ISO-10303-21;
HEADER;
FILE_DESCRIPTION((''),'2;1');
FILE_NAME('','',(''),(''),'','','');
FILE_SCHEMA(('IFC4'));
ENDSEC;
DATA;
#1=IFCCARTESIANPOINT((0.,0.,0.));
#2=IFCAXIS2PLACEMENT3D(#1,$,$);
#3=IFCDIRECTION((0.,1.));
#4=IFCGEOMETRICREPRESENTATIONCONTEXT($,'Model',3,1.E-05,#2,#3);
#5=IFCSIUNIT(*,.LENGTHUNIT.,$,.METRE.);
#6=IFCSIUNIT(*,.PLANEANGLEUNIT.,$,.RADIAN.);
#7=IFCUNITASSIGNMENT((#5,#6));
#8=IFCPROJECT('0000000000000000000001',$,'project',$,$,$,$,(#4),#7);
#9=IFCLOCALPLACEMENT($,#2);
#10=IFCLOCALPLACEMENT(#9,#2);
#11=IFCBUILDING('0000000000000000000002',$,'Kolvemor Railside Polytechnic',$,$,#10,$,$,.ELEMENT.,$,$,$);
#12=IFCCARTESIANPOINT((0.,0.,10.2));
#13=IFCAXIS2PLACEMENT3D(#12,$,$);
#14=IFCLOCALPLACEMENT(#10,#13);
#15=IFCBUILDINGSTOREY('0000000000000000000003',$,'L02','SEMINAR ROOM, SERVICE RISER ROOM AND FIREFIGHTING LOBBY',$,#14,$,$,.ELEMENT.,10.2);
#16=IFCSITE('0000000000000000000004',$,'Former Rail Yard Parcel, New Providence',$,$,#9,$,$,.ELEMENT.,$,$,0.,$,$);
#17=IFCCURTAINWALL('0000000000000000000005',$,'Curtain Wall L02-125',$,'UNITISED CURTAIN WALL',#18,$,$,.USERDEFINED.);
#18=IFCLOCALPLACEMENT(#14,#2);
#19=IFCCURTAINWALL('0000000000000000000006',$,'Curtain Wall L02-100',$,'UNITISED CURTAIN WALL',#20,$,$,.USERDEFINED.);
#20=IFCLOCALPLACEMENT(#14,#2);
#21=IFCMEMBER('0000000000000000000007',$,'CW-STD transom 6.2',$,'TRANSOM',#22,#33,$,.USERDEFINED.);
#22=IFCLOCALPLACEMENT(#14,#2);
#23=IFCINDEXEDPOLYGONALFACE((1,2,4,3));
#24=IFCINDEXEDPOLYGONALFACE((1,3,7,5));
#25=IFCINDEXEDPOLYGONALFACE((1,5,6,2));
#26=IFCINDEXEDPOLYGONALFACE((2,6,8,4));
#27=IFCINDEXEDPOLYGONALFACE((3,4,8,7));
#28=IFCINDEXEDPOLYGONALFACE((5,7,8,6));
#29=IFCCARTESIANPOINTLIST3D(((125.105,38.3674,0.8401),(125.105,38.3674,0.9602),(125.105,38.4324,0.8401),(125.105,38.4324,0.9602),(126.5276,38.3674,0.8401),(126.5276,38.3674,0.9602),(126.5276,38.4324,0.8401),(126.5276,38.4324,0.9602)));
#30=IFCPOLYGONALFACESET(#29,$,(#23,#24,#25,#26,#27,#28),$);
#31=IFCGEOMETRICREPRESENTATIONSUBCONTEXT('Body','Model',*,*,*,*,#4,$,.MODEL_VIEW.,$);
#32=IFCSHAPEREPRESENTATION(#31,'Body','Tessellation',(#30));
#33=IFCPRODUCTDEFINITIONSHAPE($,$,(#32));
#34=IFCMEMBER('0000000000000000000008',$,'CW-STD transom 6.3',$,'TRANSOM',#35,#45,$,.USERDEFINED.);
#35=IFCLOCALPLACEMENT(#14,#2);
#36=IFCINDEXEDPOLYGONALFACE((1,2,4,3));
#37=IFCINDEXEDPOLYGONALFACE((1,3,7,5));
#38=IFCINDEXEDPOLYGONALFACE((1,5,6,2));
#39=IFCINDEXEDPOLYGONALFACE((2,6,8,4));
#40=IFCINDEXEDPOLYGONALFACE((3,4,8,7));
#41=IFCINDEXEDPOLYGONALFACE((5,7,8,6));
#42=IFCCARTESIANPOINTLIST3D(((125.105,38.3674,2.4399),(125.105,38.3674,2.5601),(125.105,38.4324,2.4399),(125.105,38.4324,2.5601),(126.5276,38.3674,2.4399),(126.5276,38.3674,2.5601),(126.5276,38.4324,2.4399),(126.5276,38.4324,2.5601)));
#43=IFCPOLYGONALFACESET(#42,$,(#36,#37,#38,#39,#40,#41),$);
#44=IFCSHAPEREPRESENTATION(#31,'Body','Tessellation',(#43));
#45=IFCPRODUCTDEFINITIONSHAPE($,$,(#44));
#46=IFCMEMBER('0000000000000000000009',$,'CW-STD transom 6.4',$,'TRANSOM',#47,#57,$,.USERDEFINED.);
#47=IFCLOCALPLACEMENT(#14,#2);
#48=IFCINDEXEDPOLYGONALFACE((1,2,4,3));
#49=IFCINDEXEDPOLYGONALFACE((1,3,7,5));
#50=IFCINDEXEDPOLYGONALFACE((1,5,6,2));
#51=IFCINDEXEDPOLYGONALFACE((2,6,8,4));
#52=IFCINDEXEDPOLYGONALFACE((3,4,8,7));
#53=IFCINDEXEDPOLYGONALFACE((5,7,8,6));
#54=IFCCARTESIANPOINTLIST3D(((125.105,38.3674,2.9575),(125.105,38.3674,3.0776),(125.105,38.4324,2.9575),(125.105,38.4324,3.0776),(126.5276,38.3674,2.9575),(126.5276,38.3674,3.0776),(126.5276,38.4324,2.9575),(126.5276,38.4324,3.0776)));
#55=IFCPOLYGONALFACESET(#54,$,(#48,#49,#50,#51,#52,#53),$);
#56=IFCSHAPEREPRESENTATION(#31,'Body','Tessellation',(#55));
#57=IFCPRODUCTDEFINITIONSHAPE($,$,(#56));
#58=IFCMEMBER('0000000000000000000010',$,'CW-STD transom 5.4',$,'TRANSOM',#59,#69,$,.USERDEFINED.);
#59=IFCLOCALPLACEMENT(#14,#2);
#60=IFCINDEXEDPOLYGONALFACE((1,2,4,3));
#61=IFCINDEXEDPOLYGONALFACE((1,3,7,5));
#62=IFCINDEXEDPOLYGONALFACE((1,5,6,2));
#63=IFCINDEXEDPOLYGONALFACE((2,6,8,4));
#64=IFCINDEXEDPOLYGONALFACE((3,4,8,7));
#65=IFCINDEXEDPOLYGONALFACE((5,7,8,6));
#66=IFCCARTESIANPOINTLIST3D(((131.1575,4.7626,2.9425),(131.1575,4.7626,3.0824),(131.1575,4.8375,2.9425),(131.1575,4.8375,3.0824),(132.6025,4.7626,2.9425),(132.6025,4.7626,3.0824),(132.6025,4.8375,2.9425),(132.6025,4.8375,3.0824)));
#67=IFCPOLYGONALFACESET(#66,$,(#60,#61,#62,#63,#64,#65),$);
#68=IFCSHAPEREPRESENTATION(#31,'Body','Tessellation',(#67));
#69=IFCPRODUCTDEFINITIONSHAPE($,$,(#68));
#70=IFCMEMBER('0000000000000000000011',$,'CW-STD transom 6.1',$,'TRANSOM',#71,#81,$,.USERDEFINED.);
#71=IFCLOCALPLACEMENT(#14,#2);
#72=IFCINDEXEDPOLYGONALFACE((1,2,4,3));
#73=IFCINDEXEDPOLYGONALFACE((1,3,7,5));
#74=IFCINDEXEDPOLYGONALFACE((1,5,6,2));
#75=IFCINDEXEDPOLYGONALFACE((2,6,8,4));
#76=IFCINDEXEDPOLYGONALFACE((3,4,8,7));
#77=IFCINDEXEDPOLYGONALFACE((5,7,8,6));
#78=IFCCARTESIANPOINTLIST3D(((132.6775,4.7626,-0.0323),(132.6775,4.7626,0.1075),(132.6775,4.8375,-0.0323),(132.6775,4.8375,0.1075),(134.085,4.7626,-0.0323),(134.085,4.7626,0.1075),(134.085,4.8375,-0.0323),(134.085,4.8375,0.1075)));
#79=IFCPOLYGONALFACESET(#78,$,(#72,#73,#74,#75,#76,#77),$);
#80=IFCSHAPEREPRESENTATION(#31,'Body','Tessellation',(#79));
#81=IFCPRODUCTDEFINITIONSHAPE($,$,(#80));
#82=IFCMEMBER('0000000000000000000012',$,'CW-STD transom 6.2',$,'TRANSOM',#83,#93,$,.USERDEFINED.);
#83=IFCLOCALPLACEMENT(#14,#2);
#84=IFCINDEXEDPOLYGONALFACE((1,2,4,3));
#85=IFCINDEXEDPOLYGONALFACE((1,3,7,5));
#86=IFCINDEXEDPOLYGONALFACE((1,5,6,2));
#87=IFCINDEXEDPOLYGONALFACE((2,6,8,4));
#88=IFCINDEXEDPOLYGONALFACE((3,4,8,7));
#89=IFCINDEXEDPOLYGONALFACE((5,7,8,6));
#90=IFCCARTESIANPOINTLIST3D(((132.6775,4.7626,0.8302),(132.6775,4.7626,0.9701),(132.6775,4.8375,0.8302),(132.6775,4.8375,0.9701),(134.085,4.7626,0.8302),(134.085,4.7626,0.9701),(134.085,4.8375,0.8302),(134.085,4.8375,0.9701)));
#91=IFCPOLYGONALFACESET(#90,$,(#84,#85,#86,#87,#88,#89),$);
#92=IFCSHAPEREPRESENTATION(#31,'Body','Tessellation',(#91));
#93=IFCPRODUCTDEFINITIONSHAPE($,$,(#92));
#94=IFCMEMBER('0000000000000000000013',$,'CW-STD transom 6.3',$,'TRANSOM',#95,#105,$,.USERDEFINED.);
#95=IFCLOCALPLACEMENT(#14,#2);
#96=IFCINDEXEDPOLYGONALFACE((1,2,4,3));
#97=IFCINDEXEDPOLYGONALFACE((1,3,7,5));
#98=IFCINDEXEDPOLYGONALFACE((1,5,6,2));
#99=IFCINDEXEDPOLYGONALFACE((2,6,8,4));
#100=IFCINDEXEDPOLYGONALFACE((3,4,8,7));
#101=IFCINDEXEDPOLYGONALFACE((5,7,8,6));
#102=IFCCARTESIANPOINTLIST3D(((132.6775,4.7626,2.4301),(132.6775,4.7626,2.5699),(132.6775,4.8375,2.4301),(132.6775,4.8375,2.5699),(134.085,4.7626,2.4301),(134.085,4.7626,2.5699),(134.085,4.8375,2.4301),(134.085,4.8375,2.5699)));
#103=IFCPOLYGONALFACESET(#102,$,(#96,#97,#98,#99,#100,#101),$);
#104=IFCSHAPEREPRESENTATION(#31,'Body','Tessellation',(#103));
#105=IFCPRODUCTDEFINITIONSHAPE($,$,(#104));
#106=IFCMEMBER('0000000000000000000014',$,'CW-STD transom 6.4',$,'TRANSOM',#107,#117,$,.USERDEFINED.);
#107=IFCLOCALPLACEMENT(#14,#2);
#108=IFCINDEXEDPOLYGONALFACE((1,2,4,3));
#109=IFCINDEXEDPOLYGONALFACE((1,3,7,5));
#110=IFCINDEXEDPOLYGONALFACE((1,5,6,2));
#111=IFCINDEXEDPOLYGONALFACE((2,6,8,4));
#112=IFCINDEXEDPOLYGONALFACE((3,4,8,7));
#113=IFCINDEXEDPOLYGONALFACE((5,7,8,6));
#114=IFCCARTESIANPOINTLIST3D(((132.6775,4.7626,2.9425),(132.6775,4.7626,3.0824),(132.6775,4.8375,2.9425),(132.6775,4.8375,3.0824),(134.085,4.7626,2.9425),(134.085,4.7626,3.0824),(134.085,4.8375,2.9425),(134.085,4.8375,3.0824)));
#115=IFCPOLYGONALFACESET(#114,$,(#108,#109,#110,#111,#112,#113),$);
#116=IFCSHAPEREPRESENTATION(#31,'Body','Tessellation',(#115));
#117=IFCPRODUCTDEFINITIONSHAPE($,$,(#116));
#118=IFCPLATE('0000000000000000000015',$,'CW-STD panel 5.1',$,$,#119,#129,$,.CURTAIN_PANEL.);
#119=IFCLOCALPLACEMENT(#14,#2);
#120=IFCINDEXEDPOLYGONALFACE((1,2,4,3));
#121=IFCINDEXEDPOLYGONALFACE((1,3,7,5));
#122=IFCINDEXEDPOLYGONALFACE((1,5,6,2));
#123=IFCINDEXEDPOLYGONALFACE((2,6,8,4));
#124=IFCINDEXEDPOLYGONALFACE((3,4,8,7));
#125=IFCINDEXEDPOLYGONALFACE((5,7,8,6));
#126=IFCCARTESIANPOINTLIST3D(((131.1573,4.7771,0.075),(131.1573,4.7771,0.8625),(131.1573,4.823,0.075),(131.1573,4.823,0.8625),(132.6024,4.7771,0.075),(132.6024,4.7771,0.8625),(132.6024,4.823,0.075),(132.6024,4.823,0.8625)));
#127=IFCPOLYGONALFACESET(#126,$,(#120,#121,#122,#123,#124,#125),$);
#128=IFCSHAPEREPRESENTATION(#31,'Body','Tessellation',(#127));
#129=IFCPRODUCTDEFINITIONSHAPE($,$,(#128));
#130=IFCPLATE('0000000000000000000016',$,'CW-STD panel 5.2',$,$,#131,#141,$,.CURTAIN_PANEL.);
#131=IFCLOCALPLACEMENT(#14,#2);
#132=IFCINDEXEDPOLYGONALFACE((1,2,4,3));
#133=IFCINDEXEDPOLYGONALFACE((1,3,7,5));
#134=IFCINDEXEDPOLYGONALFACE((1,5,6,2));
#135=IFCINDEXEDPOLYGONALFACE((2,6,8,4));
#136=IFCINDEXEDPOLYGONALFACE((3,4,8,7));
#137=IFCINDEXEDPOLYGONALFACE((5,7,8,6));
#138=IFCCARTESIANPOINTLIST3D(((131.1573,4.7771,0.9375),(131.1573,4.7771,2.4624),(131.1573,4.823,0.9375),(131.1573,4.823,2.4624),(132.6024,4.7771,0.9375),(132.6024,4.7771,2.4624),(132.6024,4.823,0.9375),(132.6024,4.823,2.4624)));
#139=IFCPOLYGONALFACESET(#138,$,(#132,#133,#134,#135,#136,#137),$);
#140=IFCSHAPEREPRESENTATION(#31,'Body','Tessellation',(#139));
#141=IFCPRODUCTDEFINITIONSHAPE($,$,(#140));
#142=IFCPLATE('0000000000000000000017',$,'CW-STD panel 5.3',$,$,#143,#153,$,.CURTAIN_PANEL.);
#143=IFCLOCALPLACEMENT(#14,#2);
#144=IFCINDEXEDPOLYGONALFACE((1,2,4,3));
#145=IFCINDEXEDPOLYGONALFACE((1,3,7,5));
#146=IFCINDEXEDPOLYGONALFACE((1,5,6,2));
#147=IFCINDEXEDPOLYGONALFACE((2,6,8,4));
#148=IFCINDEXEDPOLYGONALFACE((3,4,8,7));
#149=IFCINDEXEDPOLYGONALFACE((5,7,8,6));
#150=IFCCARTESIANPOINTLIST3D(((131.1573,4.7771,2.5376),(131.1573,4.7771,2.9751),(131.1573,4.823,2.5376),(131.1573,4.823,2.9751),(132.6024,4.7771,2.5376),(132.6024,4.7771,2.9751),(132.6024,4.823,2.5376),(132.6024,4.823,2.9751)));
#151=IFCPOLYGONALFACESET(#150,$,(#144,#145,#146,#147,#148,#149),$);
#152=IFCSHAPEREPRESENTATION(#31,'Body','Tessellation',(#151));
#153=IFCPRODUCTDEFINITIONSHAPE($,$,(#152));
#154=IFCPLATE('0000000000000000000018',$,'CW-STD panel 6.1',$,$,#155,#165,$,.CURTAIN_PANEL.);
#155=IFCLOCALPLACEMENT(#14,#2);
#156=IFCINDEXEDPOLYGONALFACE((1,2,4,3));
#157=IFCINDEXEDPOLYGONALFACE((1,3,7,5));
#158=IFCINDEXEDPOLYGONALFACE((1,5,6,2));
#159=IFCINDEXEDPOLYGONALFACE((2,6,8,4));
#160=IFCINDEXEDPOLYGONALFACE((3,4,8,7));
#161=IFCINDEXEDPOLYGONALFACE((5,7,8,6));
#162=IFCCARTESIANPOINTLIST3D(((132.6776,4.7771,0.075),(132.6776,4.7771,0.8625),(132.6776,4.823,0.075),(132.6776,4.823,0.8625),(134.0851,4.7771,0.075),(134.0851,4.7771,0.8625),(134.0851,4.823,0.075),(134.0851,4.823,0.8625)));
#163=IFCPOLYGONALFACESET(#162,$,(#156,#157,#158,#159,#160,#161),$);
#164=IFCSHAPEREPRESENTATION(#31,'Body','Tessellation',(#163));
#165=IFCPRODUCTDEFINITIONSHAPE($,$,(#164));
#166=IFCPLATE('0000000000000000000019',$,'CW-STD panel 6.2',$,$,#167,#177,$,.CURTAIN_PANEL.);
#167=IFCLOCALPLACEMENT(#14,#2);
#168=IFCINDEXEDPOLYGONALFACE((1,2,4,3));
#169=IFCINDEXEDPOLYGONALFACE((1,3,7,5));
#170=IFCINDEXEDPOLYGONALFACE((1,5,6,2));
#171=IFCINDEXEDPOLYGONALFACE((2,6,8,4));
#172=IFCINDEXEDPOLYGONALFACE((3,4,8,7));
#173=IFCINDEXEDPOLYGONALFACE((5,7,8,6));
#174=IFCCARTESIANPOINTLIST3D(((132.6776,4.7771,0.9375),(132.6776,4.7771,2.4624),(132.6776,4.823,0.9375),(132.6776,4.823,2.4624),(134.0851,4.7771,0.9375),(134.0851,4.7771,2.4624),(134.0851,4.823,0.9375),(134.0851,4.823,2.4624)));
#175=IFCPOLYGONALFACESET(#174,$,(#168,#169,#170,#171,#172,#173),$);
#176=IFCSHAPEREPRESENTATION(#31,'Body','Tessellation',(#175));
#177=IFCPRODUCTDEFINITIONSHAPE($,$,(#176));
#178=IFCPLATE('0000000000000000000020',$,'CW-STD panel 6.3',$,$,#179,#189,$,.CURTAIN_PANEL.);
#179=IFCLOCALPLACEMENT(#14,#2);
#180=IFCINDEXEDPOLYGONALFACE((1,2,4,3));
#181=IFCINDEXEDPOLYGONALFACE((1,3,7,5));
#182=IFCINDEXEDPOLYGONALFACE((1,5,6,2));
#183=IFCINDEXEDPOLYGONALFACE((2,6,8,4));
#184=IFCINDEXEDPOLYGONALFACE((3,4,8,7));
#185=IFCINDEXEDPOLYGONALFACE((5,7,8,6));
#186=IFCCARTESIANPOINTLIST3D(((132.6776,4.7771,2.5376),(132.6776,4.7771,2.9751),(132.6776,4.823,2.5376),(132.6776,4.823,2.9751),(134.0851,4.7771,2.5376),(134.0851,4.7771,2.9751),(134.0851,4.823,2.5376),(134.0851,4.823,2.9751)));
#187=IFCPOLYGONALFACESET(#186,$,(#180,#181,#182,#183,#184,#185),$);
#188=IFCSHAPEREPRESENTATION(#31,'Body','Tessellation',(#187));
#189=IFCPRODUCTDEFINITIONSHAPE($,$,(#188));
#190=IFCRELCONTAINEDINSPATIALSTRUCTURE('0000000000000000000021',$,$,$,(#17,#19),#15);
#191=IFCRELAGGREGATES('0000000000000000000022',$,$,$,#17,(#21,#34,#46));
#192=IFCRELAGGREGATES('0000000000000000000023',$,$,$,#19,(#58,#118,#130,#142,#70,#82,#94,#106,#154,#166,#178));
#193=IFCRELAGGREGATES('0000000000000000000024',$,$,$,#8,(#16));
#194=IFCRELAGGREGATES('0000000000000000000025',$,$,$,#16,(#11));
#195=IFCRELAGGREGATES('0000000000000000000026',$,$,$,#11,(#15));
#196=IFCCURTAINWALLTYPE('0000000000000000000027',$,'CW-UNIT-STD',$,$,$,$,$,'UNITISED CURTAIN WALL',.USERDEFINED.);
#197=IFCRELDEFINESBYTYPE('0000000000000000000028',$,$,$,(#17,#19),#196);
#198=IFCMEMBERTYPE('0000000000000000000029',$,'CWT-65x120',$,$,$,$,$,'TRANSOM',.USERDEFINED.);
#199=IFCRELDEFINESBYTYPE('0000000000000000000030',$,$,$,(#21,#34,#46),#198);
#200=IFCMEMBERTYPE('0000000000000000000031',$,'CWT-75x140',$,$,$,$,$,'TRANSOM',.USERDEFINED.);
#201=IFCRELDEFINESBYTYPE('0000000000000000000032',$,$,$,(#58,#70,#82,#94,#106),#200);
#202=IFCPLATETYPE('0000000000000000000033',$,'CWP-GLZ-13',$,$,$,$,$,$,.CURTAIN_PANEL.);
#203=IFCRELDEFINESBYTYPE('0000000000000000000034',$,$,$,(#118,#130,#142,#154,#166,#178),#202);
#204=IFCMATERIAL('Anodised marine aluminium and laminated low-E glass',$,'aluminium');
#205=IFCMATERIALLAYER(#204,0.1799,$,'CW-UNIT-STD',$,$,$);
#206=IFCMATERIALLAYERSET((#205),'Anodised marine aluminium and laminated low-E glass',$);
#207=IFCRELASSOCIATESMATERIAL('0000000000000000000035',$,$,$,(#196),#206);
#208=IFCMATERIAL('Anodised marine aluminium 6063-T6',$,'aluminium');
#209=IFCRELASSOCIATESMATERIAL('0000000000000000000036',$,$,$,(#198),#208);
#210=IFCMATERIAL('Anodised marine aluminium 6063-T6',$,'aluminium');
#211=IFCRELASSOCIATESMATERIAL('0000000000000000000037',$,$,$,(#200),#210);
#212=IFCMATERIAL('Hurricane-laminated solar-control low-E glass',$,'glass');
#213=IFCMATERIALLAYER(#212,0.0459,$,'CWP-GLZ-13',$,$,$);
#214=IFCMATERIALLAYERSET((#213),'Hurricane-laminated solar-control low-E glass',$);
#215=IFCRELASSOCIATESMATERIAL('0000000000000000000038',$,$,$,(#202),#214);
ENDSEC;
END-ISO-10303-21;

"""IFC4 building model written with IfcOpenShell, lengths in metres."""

from ifc_helpers import new_model, si_unit, direction, frame, origin, origin_2d, place, context, subcontext, project, spatial, rectangle, extrude, material, layer, layer_set, material_profile, profile_set, type_object, element, aggregate, save


model = new_model("IFC4")

# Units and contexts
model_context = context("Model", 3, precision=1e-05, world=origin(), true_north=direction((0.0, 1.0)))
body_context = subcontext(model_context, "Body", "Model", "MODEL_VIEW")
ifc_project = project(units=[si_unit("LENGTHUNIT", "METRE"), si_unit("PLANEANGLEUNIT", "RADIAN")], contexts=[model_context])

# Site, building, storey
site_placement = place(None, origin())
site = spatial("IfcSite", under=ifc_project, at=site_placement, Name="Former Rail Yard Parcel, New Providence", CompositionType="ELEMENT", RefElevation=0.0)
building_placement = place(site_placement, origin())
building = spatial("IfcBuilding", under=site, at=building_placement, Name="Kolvemor Railside Polytechnic", CompositionType="ELEMENT")
storey_placement = place(building_placement, frame((0.0, 0.0, 10.2)))
storey = spatial("IfcBuildingStorey", under=building, at=storey_placement, Name="L02", Description="SEMINAR ROOM, SERVICE RISER ROOM AND FIREFIGHTING LOBBY", CompositionType="ELEMENT", Elevation=10.2)

# Curtain wall
ifc_material_1 = material(Name="Anodised marine aluminium and laminated low-E glass", Category="aluminium")
ifc_layer_1 = layer(ifc_material_1, 0.1799, Name="CW-UNIT-STD")
ifc_layer_set_1 = layer_set([ifc_layer_1], Name="Anodised marine aluminium and laminated low-E glass")
curtain_wall_type = type_object("IfcCurtainWallType", Name="CW-UNIT-STD", ElementType="UNITISED CURTAIN WALL", PredefinedType="USERDEFINED", material=ifc_layer_set_1)
curtain_wall_1_placement = place(storey_placement, origin())
curtain_wall_1 = element("IfcCurtainWall", 1, at=curtain_wall_1_placement, inside=storey, type_object=curtain_wall_type, Name="Curtain Wall L02-125", ObjectType="UNITISED CURTAIN WALL", PredefinedType="USERDEFINED")

# Curtain wall
curtain_wall_2_placement = place(storey_placement, origin())
curtain_wall_2 = element("IfcCurtainWall", 2, at=curtain_wall_2_placement, inside=storey, type_object=curtain_wall_type, Name="Curtain Wall L02-100", ObjectType="UNITISED CURTAIN WALL", PredefinedType="USERDEFINED")

# Members
ifc_material_2 = material(Name="Anodised marine aluminium 6063-T6", Category="aluminium")
ifc_material_profile_1 = material_profile(ifc_material_2, rectangle(XDim=0.0649, YDim=0.1201, at=origin_2d()), Name="CW-TRN-65x120")
ifc_profile_set_1 = profile_set([ifc_material_profile_1], Name="Anodised marine aluminium 6063-T6")
member_type_1 = type_object("IfcMemberType", Name="CWT-65x120", ElementType="TRANSOM", PredefinedType="USERDEFINED", material=ifc_profile_set_1)
member_1_placement = place(storey_placement, frame((126.5276, 38.3999, 0.9001), z_axis=(-1.0, 0.0, 0.0), x_axis=(0.0, -1.0, 0.0)))
member_1 = element("IfcMember", 3, at=member_1_placement, type_object=member_type_1, Name="CW-STD transom 6.2", ObjectType="TRANSOM", PredefinedType="USERDEFINED", context=body_context, shape_type="SweptSolid", body=[
    extrude(rectangle(XDim=0.0649, YDim=0.1201, at=origin_2d()), origin(), (0.0, 0.0, 1.0), 1.4226),
])
member_2_placement = place(storey_placement, frame((126.5276, 38.3999, 2.5), z_axis=(-1.0, 0.0, 0.0), x_axis=(0.0, -1.0, 0.0)))
member_2 = element("IfcMember", 4, at=member_2_placement, type_object=member_type_1, Name="CW-STD transom 6.3", ObjectType="TRANSOM", PredefinedType="USERDEFINED", context=body_context, shape_type="SweptSolid", body=[
    extrude(rectangle(XDim=0.0649, YDim=0.1201, at=origin_2d()), origin(), (0.0, 0.0, 1.0), 1.4226),
])
member_3_placement = place(storey_placement, frame((126.5276, 38.3999, 3.0176), z_axis=(-1.0, 0.0, 0.0), x_axis=(0.0, -1.0, 0.0)))
member_3 = element("IfcMember", 5, at=member_3_placement, type_object=member_type_1, Name="CW-STD transom 6.4", ObjectType="TRANSOM", PredefinedType="USERDEFINED", context=body_context, shape_type="SweptSolid", body=[
    extrude(rectangle(XDim=0.0649, YDim=0.1201, at=origin_2d()), origin(), (0.0, 0.0, 1.0), 1.4226),
])
aggregate(curtain_wall_1, [member_1, member_2, member_3])
ifc_material_3 = material(Name="Anodised marine aluminium 6063-T6", Category="aluminium")
ifc_material_profile_2 = material_profile(ifc_material_3, rectangle(XDim=0.075, YDim=0.1399, at=origin_2d()), Name="CW-TRN-75x140")
ifc_profile_set_2 = profile_set([ifc_material_profile_2], Name="Anodised marine aluminium 6063-T6")
member_type_2 = type_object("IfcMemberType", Name="CWT-75x140", ElementType="TRANSOM", PredefinedType="USERDEFINED", material=ifc_profile_set_2)
member_4_placement = place(storey_placement, frame((131.1575, 4.8, 3.0125), z_axis=(1.0, 0.0, 0.0), x_axis=(0.0, 1.0, 0.0)))
member_4 = element("IfcMember", 6, at=member_4_placement, type_object=member_type_2, Name="CW-STD transom 5.4", ObjectType="TRANSOM", PredefinedType="USERDEFINED", context=body_context, shape_type="SweptSolid", body=[
    extrude(rectangle(XDim=0.075, YDim=0.1399, at=origin_2d()), origin(), (0.0, 0.0, 1.0), 1.4451),
])
member_5_placement = place(storey_placement, frame((132.6775, 4.8, 0.0376), z_axis=(1.0, 0.0, 0.0), x_axis=(0.0, 1.0, 0.0)))
member_5 = element("IfcMember", 7, at=member_5_placement, type_object=member_type_2, Name="CW-STD transom 6.1", ObjectType="TRANSOM", PredefinedType="USERDEFINED", context=body_context, shape_type="SweptSolid", body=[
    extrude(rectangle(XDim=0.075, YDim=0.1399, at=origin_2d()), origin(), (0.0, 0.0, 1.0), 1.4075),
])
member_6_placement = place(storey_placement, frame((132.6775, 4.8, 0.9001), z_axis=(1.0, 0.0, 0.0), x_axis=(0.0, 1.0, 0.0)))
member_6 = element("IfcMember", 8, at=member_6_placement, type_object=member_type_2, Name="CW-STD transom 6.2", ObjectType="TRANSOM", PredefinedType="USERDEFINED", context=body_context, shape_type="SweptSolid", body=[
    extrude(rectangle(XDim=0.075, YDim=0.1399, at=origin_2d()), origin(), (0.0, 0.0, 1.0), 1.4075),
])
member_7_placement = place(storey_placement, frame((132.6775, 4.8, 2.5), z_axis=(1.0, 0.0, 0.0), x_axis=(0.0, 1.0, 0.0)))
member_7 = element("IfcMember", 9, at=member_7_placement, type_object=member_type_2, Name="CW-STD transom 6.3", ObjectType="TRANSOM", PredefinedType="USERDEFINED", context=body_context, shape_type="SweptSolid", body=[
    extrude(rectangle(XDim=0.075, YDim=0.1399, at=origin_2d()), origin(), (0.0, 0.0, 1.0), 1.4075),
])
member_8_placement = place(storey_placement, frame((132.6775, 4.8, 3.0125), z_axis=(1.0, 0.0, 0.0), x_axis=(0.0, 1.0, 0.0)))
member_8 = element("IfcMember", 10, at=member_8_placement, type_object=member_type_2, Name="CW-STD transom 6.4", ObjectType="TRANSOM", PredefinedType="USERDEFINED", context=body_context, shape_type="SweptSolid", body=[
    extrude(rectangle(XDim=0.075, YDim=0.1399, at=origin_2d()), origin(), (0.0, 0.0, 1.0), 1.4075),
])

# Plates
ifc_material_4 = material(Name="Hurricane-laminated solar-control low-E glass", Category="glass")
ifc_layer_2 = layer(ifc_material_4, 0.0459, Name="CWP-GLZ-13")
ifc_layer_set_2 = layer_set([ifc_layer_2], Name="Hurricane-laminated solar-control low-E glass")
plate_type = type_object("IfcPlateType", Name="CWP-GLZ-13", PredefinedType="CURTAIN_PANEL", material=ifc_layer_set_2)
plate_1_placement = place(storey_placement, frame((131.8799, 4.8, 0.075), z_axis=(0.0, 0.0, 1.0), x_axis=(1.0, 0.0, 0.0)))
plate_1 = element("IfcPlate", 11, at=plate_1_placement, type_object=plate_type, Name="CW-STD panel 5.1", PredefinedType="CURTAIN_PANEL", context=body_context, shape_type="SweptSolid", body=[
    extrude(rectangle(XDim=1.4451, YDim=0.0459, at=origin_2d()), origin(), (0.0, 0.0, 1.0), 0.7876),
])
plate_2_placement = place(storey_placement, frame((131.8799, 4.8, 0.9375), z_axis=(0.0, 0.0, 1.0), x_axis=(1.0, 0.0, 0.0)))
plate_2 = element("IfcPlate", 12, at=plate_2_placement, type_object=plate_type, Name="CW-STD panel 5.2", PredefinedType="CURTAIN_PANEL", context=body_context, shape_type="SweptSolid", body=[
    extrude(rectangle(XDim=1.4451, YDim=0.0459, at=origin_2d()), origin(), (0.0, 0.0, 1.0), 1.5249),
])
plate_3_placement = place(storey_placement, frame((131.8799, 4.8, 2.5376), z_axis=(0.0, 0.0, 1.0), x_axis=(1.0, 0.0, 0.0)))
plate_3 = element("IfcPlate", 13, at=plate_3_placement, type_object=plate_type, Name="CW-STD panel 5.3", PredefinedType="CURTAIN_PANEL", context=body_context, shape_type="SweptSolid", body=[
    extrude(rectangle(XDim=1.4451, YDim=0.0459, at=origin_2d()), origin(), (0.0, 0.0, 1.0), 0.4375),
])
plate_4_placement = place(storey_placement, frame((133.3813, 4.8, 0.075), z_axis=(0.0, 0.0, 1.0), x_axis=(1.0, 0.0, 0.0)))
plate_4 = element("IfcPlate", 14, at=plate_4_placement, type_object=plate_type, Name="CW-STD panel 6.1", PredefinedType="CURTAIN_PANEL", context=body_context, shape_type="SweptSolid", body=[
    extrude(rectangle(XDim=1.4075, YDim=0.0459, at=origin_2d()), origin(), (0.0, 0.0, 1.0), 0.7876),
])
plate_5_placement = place(storey_placement, frame((133.3813, 4.8, 0.9375), z_axis=(0.0, 0.0, 1.0), x_axis=(1.0, 0.0, 0.0)))
plate_5 = element("IfcPlate", 15, at=plate_5_placement, type_object=plate_type, Name="CW-STD panel 6.2", PredefinedType="CURTAIN_PANEL", context=body_context, shape_type="SweptSolid", body=[
    extrude(rectangle(XDim=1.4075, YDim=0.0459, at=origin_2d()), origin(), (0.0, 0.0, 1.0), 1.5249),
])
plate_6_placement = place(storey_placement, frame((133.3813, 4.8, 2.5376), z_axis=(0.0, 0.0, 1.0), x_axis=(1.0, 0.0, 0.0)))
plate_6 = element("IfcPlate", 16, at=plate_6_placement, type_object=plate_type, Name="CW-STD panel 6.3", PredefinedType="CURTAIN_PANEL", context=body_context, shape_type="SweptSolid", body=[
    extrude(rectangle(XDim=1.4075, YDim=0.0459, at=origin_2d()), origin(), (0.0, 0.0, 1.0), 0.4375),
])
aggregate(curtain_wall_2, [member_4, plate_1, plate_2, plate_3, member_5, member_6, member_7, member_8, plate_4, plate_5, plate_6])

save(model, "model.ifc")
